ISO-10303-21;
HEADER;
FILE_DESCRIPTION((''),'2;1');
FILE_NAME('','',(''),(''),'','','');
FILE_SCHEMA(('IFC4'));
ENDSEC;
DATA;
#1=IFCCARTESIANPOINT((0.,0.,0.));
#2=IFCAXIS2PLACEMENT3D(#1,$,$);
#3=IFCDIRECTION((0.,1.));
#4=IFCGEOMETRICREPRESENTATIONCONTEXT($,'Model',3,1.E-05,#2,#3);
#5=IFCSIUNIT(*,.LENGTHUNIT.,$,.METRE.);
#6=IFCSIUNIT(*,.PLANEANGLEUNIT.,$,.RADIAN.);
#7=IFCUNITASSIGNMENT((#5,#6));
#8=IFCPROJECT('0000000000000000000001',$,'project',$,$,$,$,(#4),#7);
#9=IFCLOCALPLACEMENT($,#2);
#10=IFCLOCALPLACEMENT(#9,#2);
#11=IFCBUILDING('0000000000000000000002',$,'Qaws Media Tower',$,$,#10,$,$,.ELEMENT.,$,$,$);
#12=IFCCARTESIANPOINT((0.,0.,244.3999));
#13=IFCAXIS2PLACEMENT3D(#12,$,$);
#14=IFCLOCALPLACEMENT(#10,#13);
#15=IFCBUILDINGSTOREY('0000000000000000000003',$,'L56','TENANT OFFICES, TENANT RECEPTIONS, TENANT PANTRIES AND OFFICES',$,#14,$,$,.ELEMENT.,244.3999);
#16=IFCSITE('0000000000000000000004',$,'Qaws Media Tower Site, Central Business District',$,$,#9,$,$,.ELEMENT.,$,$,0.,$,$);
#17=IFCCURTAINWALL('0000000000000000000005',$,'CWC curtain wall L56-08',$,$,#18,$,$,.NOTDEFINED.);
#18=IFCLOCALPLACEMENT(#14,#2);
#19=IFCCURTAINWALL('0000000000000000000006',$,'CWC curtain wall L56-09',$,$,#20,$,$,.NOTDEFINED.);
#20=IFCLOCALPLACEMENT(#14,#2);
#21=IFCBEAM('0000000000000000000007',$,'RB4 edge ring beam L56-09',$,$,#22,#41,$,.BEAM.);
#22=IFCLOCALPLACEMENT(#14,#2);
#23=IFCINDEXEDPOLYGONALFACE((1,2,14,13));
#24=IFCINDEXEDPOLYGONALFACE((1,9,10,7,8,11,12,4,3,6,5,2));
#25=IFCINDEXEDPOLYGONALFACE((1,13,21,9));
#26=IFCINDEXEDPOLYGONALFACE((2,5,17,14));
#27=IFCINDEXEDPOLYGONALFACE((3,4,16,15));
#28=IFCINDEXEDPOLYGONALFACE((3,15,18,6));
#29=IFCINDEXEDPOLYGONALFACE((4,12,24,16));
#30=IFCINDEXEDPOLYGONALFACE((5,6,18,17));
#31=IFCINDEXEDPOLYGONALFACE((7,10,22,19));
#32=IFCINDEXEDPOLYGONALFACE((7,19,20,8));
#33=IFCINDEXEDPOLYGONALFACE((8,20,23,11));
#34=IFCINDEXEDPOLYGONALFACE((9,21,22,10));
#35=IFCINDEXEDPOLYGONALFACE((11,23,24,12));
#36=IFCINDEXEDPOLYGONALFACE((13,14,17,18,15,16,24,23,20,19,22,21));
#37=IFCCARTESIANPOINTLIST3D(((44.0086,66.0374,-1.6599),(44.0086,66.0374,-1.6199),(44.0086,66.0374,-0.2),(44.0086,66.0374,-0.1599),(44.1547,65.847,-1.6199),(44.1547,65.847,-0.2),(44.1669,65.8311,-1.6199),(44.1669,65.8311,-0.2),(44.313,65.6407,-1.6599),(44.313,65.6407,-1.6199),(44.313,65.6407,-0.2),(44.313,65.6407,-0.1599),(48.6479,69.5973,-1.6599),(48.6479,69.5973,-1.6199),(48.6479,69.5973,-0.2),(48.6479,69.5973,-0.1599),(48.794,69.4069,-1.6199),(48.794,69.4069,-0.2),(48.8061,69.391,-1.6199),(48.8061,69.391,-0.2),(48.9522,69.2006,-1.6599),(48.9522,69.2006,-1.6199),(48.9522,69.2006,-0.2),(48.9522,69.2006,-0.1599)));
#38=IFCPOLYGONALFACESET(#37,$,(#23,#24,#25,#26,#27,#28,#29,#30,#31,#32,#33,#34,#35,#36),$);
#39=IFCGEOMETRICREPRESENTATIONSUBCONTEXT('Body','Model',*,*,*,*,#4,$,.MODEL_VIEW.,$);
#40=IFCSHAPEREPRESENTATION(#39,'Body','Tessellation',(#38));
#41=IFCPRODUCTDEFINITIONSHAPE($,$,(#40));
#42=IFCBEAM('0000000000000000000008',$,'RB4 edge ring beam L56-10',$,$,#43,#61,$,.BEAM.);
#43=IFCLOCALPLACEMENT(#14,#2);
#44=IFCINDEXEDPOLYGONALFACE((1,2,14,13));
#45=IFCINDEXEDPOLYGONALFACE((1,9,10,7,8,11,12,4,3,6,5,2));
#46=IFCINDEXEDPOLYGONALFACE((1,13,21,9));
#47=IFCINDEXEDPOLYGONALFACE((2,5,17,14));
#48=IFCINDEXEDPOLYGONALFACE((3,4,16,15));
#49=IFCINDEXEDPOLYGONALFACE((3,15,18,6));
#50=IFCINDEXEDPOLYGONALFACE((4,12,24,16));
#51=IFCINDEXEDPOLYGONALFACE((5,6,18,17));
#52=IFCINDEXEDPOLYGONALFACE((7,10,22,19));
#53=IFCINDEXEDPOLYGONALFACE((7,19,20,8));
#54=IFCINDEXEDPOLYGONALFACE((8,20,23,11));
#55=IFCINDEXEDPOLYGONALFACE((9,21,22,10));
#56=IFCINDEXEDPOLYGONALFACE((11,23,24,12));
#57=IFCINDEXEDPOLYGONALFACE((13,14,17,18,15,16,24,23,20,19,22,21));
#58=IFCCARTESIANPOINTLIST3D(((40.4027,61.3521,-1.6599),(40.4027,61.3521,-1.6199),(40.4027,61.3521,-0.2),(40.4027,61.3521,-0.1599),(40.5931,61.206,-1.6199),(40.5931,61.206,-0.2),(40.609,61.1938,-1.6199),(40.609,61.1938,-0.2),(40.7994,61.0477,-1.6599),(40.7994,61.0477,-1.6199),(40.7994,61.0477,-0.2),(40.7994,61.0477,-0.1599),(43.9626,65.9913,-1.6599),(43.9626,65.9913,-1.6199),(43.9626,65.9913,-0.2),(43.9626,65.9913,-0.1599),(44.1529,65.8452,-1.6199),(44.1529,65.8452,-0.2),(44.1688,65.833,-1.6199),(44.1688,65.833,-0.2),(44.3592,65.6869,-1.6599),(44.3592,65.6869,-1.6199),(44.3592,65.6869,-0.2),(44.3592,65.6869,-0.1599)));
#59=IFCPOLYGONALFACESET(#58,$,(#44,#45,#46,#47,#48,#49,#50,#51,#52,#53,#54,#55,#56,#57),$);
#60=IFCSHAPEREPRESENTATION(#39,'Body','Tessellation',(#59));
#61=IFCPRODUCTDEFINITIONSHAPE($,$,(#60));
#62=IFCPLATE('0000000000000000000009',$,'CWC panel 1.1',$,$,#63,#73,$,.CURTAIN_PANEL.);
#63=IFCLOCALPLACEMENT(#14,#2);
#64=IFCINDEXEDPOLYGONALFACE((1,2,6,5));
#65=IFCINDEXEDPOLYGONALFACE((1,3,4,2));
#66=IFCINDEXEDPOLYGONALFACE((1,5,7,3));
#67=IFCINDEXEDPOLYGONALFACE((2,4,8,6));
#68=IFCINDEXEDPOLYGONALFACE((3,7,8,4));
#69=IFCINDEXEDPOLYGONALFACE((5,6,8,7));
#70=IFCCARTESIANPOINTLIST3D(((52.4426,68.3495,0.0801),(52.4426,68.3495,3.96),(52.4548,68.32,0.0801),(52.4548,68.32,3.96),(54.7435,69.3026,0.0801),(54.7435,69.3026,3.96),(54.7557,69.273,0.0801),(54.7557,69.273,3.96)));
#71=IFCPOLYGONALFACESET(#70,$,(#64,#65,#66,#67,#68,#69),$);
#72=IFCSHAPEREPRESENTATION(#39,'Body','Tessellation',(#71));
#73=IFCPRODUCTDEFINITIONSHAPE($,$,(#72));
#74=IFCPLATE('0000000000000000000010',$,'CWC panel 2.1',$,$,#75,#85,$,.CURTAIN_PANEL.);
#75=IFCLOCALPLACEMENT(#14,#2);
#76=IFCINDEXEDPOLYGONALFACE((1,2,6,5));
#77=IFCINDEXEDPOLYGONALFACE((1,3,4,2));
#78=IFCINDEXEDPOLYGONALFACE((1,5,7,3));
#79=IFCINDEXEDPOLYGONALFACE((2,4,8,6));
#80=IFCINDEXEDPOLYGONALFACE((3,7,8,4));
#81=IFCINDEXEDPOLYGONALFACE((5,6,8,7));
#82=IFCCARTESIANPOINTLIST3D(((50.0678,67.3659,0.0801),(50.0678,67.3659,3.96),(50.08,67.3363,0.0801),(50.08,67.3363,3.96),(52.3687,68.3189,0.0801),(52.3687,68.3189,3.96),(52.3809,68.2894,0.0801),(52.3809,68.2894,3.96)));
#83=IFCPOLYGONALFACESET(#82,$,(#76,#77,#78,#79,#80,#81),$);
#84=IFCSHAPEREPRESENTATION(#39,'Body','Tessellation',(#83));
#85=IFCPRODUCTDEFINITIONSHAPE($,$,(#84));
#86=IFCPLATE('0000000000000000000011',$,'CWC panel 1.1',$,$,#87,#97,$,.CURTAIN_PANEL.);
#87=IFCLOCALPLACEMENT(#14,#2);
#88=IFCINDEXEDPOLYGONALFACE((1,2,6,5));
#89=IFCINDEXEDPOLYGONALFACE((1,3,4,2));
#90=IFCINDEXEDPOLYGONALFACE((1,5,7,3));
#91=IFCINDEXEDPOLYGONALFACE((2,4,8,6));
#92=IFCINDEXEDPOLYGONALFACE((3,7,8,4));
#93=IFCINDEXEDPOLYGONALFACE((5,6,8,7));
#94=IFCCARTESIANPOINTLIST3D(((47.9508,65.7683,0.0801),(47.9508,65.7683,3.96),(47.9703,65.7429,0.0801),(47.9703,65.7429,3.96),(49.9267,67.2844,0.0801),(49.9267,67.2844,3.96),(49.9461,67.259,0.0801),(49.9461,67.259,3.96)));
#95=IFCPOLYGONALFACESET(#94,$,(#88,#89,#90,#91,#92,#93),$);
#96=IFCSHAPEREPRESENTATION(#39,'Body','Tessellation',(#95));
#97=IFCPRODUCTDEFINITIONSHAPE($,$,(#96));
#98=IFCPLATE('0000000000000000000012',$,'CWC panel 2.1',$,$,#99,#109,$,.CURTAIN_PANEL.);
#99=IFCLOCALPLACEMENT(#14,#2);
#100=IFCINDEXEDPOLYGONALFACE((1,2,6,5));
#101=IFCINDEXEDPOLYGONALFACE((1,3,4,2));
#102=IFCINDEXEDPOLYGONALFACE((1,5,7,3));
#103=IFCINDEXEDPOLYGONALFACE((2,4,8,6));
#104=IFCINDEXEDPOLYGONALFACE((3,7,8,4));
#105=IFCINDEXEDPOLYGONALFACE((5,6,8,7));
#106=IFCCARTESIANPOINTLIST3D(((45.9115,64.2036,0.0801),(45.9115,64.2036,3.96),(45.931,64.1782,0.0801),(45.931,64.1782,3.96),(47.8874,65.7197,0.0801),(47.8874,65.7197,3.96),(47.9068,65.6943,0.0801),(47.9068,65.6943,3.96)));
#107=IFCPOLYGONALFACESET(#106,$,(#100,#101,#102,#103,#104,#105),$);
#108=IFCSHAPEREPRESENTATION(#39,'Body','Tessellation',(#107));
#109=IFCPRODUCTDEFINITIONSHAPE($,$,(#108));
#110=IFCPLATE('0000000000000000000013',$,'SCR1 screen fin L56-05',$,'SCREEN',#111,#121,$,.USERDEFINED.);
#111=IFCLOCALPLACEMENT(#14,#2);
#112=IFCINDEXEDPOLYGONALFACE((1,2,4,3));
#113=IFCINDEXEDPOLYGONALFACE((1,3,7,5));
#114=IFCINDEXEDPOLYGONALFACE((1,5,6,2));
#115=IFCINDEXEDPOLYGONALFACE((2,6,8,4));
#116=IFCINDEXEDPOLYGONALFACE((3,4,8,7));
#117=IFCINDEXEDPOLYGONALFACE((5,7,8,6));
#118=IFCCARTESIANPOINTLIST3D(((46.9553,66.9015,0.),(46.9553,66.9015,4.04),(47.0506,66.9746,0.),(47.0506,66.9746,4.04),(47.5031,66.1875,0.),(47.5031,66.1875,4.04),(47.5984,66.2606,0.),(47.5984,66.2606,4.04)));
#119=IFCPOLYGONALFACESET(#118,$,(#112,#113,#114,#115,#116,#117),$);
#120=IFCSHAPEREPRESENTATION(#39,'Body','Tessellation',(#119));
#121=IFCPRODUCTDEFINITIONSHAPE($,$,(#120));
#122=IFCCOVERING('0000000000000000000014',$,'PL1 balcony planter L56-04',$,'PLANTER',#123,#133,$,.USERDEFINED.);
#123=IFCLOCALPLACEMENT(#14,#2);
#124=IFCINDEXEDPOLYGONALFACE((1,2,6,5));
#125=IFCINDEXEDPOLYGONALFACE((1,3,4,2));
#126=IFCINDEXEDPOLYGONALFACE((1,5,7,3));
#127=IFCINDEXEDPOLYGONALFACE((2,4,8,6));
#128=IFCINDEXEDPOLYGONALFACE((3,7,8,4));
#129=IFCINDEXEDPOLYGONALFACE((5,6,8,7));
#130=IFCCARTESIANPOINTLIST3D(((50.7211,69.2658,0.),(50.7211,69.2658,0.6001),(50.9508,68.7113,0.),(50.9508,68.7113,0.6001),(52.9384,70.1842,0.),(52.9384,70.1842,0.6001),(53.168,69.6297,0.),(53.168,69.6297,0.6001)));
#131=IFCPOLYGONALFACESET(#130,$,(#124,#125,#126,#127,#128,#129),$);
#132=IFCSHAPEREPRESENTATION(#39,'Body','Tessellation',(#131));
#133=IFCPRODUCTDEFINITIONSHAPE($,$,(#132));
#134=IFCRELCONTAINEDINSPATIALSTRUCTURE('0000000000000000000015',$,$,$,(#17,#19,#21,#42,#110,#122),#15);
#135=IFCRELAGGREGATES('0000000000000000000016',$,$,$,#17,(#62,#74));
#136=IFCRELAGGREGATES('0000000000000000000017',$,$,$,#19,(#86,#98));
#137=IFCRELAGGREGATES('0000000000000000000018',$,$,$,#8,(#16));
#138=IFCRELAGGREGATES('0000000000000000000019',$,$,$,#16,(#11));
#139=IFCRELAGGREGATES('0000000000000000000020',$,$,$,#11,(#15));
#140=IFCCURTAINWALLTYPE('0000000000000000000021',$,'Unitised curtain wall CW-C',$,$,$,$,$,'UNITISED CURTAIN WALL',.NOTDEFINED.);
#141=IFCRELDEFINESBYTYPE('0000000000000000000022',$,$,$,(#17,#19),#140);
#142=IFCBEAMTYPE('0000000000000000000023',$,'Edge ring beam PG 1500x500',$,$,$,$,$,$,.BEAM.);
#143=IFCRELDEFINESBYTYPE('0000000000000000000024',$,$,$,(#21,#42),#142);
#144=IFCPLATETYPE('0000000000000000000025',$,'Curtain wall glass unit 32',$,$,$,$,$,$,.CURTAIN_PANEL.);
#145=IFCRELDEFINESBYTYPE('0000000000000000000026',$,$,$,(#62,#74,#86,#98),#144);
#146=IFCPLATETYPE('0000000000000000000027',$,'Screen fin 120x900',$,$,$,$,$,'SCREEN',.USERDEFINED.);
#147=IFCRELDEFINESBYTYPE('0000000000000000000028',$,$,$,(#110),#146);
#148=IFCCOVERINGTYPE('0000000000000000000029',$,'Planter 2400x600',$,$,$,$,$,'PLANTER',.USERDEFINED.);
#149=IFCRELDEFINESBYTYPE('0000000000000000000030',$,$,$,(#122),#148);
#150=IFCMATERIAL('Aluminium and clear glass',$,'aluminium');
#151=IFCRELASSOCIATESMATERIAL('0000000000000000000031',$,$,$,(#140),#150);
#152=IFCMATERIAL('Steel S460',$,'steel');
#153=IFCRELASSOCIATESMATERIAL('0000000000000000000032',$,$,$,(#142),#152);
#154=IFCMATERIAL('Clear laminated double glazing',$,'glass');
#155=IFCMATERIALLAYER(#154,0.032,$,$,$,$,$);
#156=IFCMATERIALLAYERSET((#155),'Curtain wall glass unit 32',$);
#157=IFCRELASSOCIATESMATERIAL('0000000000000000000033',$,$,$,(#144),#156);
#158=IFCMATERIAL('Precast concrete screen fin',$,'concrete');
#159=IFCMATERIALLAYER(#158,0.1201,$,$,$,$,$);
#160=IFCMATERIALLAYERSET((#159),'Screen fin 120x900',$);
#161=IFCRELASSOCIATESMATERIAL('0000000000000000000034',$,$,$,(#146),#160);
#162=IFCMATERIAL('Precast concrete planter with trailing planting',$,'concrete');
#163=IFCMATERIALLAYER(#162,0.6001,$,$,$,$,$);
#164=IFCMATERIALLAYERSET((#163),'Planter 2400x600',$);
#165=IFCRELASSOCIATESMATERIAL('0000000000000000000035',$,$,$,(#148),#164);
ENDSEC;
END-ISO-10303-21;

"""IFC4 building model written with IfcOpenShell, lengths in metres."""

from ifc_helpers import new_model, si_unit, direction, frame, origin, origin_2d, place, context, subcontext, project, spatial, rectangle, i_section, extrude, material, layer, layer_set, material_profile, profile_set, type_object, element, aggregate, save


model = new_model("IFC4")

# Units and contexts
model_context = context("Model", 3, precision=1e-05, world=origin(), true_north=direction((0.0, 1.0)))
body_context = subcontext(model_context, "Body", "Model", "MODEL_VIEW")
ifc_project = project(units=[si_unit("LENGTHUNIT", "METRE"), si_unit("PLANEANGLEUNIT", "RADIAN")], contexts=[model_context])

# Site, building, storey
site_placement = place(None, origin())
site = spatial("IfcSite", under=ifc_project, at=site_placement, Name="Qaws Media Tower Site, Central Business District", CompositionType="ELEMENT", RefElevation=0.0)
building_placement = place(site_placement, origin())
building = spatial("IfcBuilding", under=site, at=building_placement, Name="Qaws Media Tower", CompositionType="ELEMENT")
storey_placement = place(building_placement, frame((0.0, 0.0, 244.3999)))
storey = spatial("IfcBuildingStorey", under=building, at=storey_placement, Name="L56", Description="TENANT OFFICES, TENANT RECEPTIONS, TENANT PANTRIES AND OFFICES", CompositionType="ELEMENT", Elevation=244.3999)

# Curtain walls
ifc_material_1 = material(Name="Aluminium and clear glass", Category="aluminium")
curtain_wall_type = type_object("IfcCurtainWallType", Name="Unitised curtain wall CW-C", ElementType="UNITISED CURTAIN WALL", PredefinedType="NOTDEFINED", material=ifc_material_1)
curtain_wall_1_placement = place(storey_placement, origin())
curtain_wall_1 = element("IfcCurtainWall", 1, at=curtain_wall_1_placement, inside=storey, type_object=curtain_wall_type, Name="CWC curtain wall L56-08", PredefinedType="NOTDEFINED")
curtain_wall_2_placement = place(storey_placement, origin())
curtain_wall_2 = element("IfcCurtainWall", 2, at=curtain_wall_2_placement, inside=storey, type_object=curtain_wall_type, Name="CWC curtain wall L56-09", PredefinedType="NOTDEFINED")

# Beams
ifc_material_2 = material(Name="Steel S460", Category="steel")
ifc_material_profile_1 = material_profile(ifc_material_2, i_section(OverallWidth=0.5, OverallDepth=1.5, WebThickness=0.02, FlangeThickness=0.04, at=origin_2d()), Name="PG 1500x500")
ifc_profile_set_1 = profile_set([ifc_material_profile_1], Name="Steel S460")
beam_type = type_object("IfcBeamType", Name="Edge ring beam PG 1500x500", PredefinedType="BEAM", material=ifc_profile_set_1)
for number, where, z_axis, x_axis, name in (
    (3, (48.8, 69.3989, -0.9099), (-0.793348, -0.608768, 0.0), (0.608768, -0.793348, 0.0), "RB4 edge ring beam L56-09"),
    (4, (44.1609, 65.8391, -0.9099), (-0.608768, -0.793348, 0.0), (0.793348, -0.608768, 0.0), "RB4 edge ring beam L56-10"),
):
    element("IfcBeam", number, at=place(storey_placement, frame(where, z_axis=z_axis, x_axis=x_axis)), inside=storey, type_object=beam_type, Name=name, PredefinedType="BEAM", context=body_context, shape_type="SweptSolid", body=[
        extrude(i_section(OverallWidth=0.5, OverallDepth=1.5, WebThickness=0.02, FlangeThickness=0.04, at=origin_2d()), origin(), (0.0, 0.0, 1.0), 5.8477),
    ])

# Plates
ifc_material_3 = material(Name="Clear laminated double glazing", Category="glass")
ifc_layer_1 = layer(ifc_material_3, 0.032)
ifc_layer_set_1 = layer_set([ifc_layer_1], Name="Curtain wall glass unit 32")
plate_type_1 = type_object("IfcPlateType", Name="Curtain wall glass unit 32", PredefinedType="CURTAIN_PANEL", material=ifc_layer_set_1)
plate_1_placement = place(storey_placement, frame((53.5991, 68.8113, 0.0801), z_axis=(0.0, 0.0, 1.0), x_axis=(-0.923879, -0.382684, 0.0)))
plate_1 = element("IfcPlate", 5, at=plate_1_placement, type_object=plate_type_1, Name="CWC panel 1.1", PredefinedType="CURTAIN_PANEL", context=body_context, shape_type="SweptSolid", body=[
    extrude(rectangle(XDim=2.4905, YDim=0.032, at=origin_2d()), origin(), (0.0, 0.0, 1.0), 3.8799),
])
plate_2_placement = place(storey_placement, frame((51.2244, 67.8276, 0.0801), z_axis=(0.0, 0.0, 1.0), x_axis=(-0.923879, -0.382684, 0.0)))
plate_2 = element("IfcPlate", 6, at=plate_2_placement, type_object=plate_type_1, Name="CWC panel 2.1", PredefinedType="CURTAIN_PANEL", context=body_context, shape_type="SweptSolid", body=[
    extrude(rectangle(XDim=2.4905, YDim=0.032, at=origin_2d()), origin(), (0.0, 0.0, 1.0), 3.8799),
])
aggregate(curtain_wall_1, [plate_1, plate_2])
plate_3_placement = place(storey_placement, frame((48.9485, 66.5137, 0.0801), z_axis=(0.0, 0.0, 1.0), x_axis=(-0.793353, -0.608761, 0.0)))
plate_3 = element("IfcPlate", 7, at=plate_3_placement, type_object=plate_type_1, Name="CWC panel 1.1", PredefinedType="CURTAIN_PANEL", context=body_context, shape_type="SweptSolid", body=[
    extrude(rectangle(XDim=2.4905, YDim=0.032, at=origin_2d()), origin(), (0.0, 0.0, 1.0), 3.8799),
])
plate_4_placement = place(storey_placement, frame((46.9092, 64.949, 0.0801), z_axis=(0.0, 0.0, 1.0), x_axis=(-0.793353, -0.608761, 0.0)))
plate_4 = element("IfcPlate", 8, at=plate_4_placement, type_object=plate_type_1, Name="CWC panel 2.1", PredefinedType="CURTAIN_PANEL", context=body_context, shape_type="SweptSolid", body=[
    extrude(rectangle(XDim=2.4905, YDim=0.032, at=origin_2d()), origin(), (0.0, 0.0, 1.0), 3.8799),
])
aggregate(curtain_wall_2, [plate_3, plate_4])
ifc_material_4 = material(Name="Precast concrete screen fin", Category="concrete")
ifc_layer_2 = layer(ifc_material_4, 0.1201)
ifc_layer_set_2 = layer_set([ifc_layer_2], Name="Screen fin 120x900")
plate_type_2 = type_object("IfcPlateType", Name="Screen fin 120x900", ElementType="SCREEN", PredefinedType="USERDEFINED", material=ifc_layer_set_2)
plate_5_placement = place(storey_placement, frame((47.2769, 66.5811, 0.0), z_axis=(0.0, 0.0, 1.0), x_axis=(-0.608761, 0.793353, 0.0)))
element("IfcPlate", 9, at=plate_5_placement, inside=storey, type_object=plate_type_2, Name="SCR1 screen fin L56-05", ObjectType="SCREEN", PredefinedType="USERDEFINED", context=body_context, shape_type="SweptSolid", body=[
    extrude(rectangle(XDim=0.8999, YDim=0.1201, at=origin_2d()), origin(), (0.0, 0.0, 1.0), 4.04),
])

# Covering
ifc_material_5 = material(Name="Precast concrete planter with trailing planting", Category="concrete")
ifc_layer_3 = layer(ifc_material_5, 0.6001)
ifc_layer_set_3 = layer_set([ifc_layer_3], Name="Planter 2400x600")
covering_type = type_object("IfcCoveringType", Name="Planter 2400x600", ElementType="PLANTER", PredefinedType="USERDEFINED", material=ifc_layer_set_3)
covering_placement = place(storey_placement, frame((51.9446, 69.4478, 0.0), z_axis=(0.0, 0.0, 1.0), x_axis=(-0.92388, -0.382683, 0.0)))
element("IfcCovering", 10, at=covering_placement, inside=storey, type_object=covering_type, Name="PL1 balcony planter L56-04", ObjectType="PLANTER", PredefinedType="USERDEFINED", context=body_context, shape_type="SweptSolid", body=[
    extrude(rectangle(XDim=2.3999, YDim=0.6001, at=origin_2d()), origin(), (0.0, 0.0, 1.0), 0.6001),
])

save(model, "model.ifc")
